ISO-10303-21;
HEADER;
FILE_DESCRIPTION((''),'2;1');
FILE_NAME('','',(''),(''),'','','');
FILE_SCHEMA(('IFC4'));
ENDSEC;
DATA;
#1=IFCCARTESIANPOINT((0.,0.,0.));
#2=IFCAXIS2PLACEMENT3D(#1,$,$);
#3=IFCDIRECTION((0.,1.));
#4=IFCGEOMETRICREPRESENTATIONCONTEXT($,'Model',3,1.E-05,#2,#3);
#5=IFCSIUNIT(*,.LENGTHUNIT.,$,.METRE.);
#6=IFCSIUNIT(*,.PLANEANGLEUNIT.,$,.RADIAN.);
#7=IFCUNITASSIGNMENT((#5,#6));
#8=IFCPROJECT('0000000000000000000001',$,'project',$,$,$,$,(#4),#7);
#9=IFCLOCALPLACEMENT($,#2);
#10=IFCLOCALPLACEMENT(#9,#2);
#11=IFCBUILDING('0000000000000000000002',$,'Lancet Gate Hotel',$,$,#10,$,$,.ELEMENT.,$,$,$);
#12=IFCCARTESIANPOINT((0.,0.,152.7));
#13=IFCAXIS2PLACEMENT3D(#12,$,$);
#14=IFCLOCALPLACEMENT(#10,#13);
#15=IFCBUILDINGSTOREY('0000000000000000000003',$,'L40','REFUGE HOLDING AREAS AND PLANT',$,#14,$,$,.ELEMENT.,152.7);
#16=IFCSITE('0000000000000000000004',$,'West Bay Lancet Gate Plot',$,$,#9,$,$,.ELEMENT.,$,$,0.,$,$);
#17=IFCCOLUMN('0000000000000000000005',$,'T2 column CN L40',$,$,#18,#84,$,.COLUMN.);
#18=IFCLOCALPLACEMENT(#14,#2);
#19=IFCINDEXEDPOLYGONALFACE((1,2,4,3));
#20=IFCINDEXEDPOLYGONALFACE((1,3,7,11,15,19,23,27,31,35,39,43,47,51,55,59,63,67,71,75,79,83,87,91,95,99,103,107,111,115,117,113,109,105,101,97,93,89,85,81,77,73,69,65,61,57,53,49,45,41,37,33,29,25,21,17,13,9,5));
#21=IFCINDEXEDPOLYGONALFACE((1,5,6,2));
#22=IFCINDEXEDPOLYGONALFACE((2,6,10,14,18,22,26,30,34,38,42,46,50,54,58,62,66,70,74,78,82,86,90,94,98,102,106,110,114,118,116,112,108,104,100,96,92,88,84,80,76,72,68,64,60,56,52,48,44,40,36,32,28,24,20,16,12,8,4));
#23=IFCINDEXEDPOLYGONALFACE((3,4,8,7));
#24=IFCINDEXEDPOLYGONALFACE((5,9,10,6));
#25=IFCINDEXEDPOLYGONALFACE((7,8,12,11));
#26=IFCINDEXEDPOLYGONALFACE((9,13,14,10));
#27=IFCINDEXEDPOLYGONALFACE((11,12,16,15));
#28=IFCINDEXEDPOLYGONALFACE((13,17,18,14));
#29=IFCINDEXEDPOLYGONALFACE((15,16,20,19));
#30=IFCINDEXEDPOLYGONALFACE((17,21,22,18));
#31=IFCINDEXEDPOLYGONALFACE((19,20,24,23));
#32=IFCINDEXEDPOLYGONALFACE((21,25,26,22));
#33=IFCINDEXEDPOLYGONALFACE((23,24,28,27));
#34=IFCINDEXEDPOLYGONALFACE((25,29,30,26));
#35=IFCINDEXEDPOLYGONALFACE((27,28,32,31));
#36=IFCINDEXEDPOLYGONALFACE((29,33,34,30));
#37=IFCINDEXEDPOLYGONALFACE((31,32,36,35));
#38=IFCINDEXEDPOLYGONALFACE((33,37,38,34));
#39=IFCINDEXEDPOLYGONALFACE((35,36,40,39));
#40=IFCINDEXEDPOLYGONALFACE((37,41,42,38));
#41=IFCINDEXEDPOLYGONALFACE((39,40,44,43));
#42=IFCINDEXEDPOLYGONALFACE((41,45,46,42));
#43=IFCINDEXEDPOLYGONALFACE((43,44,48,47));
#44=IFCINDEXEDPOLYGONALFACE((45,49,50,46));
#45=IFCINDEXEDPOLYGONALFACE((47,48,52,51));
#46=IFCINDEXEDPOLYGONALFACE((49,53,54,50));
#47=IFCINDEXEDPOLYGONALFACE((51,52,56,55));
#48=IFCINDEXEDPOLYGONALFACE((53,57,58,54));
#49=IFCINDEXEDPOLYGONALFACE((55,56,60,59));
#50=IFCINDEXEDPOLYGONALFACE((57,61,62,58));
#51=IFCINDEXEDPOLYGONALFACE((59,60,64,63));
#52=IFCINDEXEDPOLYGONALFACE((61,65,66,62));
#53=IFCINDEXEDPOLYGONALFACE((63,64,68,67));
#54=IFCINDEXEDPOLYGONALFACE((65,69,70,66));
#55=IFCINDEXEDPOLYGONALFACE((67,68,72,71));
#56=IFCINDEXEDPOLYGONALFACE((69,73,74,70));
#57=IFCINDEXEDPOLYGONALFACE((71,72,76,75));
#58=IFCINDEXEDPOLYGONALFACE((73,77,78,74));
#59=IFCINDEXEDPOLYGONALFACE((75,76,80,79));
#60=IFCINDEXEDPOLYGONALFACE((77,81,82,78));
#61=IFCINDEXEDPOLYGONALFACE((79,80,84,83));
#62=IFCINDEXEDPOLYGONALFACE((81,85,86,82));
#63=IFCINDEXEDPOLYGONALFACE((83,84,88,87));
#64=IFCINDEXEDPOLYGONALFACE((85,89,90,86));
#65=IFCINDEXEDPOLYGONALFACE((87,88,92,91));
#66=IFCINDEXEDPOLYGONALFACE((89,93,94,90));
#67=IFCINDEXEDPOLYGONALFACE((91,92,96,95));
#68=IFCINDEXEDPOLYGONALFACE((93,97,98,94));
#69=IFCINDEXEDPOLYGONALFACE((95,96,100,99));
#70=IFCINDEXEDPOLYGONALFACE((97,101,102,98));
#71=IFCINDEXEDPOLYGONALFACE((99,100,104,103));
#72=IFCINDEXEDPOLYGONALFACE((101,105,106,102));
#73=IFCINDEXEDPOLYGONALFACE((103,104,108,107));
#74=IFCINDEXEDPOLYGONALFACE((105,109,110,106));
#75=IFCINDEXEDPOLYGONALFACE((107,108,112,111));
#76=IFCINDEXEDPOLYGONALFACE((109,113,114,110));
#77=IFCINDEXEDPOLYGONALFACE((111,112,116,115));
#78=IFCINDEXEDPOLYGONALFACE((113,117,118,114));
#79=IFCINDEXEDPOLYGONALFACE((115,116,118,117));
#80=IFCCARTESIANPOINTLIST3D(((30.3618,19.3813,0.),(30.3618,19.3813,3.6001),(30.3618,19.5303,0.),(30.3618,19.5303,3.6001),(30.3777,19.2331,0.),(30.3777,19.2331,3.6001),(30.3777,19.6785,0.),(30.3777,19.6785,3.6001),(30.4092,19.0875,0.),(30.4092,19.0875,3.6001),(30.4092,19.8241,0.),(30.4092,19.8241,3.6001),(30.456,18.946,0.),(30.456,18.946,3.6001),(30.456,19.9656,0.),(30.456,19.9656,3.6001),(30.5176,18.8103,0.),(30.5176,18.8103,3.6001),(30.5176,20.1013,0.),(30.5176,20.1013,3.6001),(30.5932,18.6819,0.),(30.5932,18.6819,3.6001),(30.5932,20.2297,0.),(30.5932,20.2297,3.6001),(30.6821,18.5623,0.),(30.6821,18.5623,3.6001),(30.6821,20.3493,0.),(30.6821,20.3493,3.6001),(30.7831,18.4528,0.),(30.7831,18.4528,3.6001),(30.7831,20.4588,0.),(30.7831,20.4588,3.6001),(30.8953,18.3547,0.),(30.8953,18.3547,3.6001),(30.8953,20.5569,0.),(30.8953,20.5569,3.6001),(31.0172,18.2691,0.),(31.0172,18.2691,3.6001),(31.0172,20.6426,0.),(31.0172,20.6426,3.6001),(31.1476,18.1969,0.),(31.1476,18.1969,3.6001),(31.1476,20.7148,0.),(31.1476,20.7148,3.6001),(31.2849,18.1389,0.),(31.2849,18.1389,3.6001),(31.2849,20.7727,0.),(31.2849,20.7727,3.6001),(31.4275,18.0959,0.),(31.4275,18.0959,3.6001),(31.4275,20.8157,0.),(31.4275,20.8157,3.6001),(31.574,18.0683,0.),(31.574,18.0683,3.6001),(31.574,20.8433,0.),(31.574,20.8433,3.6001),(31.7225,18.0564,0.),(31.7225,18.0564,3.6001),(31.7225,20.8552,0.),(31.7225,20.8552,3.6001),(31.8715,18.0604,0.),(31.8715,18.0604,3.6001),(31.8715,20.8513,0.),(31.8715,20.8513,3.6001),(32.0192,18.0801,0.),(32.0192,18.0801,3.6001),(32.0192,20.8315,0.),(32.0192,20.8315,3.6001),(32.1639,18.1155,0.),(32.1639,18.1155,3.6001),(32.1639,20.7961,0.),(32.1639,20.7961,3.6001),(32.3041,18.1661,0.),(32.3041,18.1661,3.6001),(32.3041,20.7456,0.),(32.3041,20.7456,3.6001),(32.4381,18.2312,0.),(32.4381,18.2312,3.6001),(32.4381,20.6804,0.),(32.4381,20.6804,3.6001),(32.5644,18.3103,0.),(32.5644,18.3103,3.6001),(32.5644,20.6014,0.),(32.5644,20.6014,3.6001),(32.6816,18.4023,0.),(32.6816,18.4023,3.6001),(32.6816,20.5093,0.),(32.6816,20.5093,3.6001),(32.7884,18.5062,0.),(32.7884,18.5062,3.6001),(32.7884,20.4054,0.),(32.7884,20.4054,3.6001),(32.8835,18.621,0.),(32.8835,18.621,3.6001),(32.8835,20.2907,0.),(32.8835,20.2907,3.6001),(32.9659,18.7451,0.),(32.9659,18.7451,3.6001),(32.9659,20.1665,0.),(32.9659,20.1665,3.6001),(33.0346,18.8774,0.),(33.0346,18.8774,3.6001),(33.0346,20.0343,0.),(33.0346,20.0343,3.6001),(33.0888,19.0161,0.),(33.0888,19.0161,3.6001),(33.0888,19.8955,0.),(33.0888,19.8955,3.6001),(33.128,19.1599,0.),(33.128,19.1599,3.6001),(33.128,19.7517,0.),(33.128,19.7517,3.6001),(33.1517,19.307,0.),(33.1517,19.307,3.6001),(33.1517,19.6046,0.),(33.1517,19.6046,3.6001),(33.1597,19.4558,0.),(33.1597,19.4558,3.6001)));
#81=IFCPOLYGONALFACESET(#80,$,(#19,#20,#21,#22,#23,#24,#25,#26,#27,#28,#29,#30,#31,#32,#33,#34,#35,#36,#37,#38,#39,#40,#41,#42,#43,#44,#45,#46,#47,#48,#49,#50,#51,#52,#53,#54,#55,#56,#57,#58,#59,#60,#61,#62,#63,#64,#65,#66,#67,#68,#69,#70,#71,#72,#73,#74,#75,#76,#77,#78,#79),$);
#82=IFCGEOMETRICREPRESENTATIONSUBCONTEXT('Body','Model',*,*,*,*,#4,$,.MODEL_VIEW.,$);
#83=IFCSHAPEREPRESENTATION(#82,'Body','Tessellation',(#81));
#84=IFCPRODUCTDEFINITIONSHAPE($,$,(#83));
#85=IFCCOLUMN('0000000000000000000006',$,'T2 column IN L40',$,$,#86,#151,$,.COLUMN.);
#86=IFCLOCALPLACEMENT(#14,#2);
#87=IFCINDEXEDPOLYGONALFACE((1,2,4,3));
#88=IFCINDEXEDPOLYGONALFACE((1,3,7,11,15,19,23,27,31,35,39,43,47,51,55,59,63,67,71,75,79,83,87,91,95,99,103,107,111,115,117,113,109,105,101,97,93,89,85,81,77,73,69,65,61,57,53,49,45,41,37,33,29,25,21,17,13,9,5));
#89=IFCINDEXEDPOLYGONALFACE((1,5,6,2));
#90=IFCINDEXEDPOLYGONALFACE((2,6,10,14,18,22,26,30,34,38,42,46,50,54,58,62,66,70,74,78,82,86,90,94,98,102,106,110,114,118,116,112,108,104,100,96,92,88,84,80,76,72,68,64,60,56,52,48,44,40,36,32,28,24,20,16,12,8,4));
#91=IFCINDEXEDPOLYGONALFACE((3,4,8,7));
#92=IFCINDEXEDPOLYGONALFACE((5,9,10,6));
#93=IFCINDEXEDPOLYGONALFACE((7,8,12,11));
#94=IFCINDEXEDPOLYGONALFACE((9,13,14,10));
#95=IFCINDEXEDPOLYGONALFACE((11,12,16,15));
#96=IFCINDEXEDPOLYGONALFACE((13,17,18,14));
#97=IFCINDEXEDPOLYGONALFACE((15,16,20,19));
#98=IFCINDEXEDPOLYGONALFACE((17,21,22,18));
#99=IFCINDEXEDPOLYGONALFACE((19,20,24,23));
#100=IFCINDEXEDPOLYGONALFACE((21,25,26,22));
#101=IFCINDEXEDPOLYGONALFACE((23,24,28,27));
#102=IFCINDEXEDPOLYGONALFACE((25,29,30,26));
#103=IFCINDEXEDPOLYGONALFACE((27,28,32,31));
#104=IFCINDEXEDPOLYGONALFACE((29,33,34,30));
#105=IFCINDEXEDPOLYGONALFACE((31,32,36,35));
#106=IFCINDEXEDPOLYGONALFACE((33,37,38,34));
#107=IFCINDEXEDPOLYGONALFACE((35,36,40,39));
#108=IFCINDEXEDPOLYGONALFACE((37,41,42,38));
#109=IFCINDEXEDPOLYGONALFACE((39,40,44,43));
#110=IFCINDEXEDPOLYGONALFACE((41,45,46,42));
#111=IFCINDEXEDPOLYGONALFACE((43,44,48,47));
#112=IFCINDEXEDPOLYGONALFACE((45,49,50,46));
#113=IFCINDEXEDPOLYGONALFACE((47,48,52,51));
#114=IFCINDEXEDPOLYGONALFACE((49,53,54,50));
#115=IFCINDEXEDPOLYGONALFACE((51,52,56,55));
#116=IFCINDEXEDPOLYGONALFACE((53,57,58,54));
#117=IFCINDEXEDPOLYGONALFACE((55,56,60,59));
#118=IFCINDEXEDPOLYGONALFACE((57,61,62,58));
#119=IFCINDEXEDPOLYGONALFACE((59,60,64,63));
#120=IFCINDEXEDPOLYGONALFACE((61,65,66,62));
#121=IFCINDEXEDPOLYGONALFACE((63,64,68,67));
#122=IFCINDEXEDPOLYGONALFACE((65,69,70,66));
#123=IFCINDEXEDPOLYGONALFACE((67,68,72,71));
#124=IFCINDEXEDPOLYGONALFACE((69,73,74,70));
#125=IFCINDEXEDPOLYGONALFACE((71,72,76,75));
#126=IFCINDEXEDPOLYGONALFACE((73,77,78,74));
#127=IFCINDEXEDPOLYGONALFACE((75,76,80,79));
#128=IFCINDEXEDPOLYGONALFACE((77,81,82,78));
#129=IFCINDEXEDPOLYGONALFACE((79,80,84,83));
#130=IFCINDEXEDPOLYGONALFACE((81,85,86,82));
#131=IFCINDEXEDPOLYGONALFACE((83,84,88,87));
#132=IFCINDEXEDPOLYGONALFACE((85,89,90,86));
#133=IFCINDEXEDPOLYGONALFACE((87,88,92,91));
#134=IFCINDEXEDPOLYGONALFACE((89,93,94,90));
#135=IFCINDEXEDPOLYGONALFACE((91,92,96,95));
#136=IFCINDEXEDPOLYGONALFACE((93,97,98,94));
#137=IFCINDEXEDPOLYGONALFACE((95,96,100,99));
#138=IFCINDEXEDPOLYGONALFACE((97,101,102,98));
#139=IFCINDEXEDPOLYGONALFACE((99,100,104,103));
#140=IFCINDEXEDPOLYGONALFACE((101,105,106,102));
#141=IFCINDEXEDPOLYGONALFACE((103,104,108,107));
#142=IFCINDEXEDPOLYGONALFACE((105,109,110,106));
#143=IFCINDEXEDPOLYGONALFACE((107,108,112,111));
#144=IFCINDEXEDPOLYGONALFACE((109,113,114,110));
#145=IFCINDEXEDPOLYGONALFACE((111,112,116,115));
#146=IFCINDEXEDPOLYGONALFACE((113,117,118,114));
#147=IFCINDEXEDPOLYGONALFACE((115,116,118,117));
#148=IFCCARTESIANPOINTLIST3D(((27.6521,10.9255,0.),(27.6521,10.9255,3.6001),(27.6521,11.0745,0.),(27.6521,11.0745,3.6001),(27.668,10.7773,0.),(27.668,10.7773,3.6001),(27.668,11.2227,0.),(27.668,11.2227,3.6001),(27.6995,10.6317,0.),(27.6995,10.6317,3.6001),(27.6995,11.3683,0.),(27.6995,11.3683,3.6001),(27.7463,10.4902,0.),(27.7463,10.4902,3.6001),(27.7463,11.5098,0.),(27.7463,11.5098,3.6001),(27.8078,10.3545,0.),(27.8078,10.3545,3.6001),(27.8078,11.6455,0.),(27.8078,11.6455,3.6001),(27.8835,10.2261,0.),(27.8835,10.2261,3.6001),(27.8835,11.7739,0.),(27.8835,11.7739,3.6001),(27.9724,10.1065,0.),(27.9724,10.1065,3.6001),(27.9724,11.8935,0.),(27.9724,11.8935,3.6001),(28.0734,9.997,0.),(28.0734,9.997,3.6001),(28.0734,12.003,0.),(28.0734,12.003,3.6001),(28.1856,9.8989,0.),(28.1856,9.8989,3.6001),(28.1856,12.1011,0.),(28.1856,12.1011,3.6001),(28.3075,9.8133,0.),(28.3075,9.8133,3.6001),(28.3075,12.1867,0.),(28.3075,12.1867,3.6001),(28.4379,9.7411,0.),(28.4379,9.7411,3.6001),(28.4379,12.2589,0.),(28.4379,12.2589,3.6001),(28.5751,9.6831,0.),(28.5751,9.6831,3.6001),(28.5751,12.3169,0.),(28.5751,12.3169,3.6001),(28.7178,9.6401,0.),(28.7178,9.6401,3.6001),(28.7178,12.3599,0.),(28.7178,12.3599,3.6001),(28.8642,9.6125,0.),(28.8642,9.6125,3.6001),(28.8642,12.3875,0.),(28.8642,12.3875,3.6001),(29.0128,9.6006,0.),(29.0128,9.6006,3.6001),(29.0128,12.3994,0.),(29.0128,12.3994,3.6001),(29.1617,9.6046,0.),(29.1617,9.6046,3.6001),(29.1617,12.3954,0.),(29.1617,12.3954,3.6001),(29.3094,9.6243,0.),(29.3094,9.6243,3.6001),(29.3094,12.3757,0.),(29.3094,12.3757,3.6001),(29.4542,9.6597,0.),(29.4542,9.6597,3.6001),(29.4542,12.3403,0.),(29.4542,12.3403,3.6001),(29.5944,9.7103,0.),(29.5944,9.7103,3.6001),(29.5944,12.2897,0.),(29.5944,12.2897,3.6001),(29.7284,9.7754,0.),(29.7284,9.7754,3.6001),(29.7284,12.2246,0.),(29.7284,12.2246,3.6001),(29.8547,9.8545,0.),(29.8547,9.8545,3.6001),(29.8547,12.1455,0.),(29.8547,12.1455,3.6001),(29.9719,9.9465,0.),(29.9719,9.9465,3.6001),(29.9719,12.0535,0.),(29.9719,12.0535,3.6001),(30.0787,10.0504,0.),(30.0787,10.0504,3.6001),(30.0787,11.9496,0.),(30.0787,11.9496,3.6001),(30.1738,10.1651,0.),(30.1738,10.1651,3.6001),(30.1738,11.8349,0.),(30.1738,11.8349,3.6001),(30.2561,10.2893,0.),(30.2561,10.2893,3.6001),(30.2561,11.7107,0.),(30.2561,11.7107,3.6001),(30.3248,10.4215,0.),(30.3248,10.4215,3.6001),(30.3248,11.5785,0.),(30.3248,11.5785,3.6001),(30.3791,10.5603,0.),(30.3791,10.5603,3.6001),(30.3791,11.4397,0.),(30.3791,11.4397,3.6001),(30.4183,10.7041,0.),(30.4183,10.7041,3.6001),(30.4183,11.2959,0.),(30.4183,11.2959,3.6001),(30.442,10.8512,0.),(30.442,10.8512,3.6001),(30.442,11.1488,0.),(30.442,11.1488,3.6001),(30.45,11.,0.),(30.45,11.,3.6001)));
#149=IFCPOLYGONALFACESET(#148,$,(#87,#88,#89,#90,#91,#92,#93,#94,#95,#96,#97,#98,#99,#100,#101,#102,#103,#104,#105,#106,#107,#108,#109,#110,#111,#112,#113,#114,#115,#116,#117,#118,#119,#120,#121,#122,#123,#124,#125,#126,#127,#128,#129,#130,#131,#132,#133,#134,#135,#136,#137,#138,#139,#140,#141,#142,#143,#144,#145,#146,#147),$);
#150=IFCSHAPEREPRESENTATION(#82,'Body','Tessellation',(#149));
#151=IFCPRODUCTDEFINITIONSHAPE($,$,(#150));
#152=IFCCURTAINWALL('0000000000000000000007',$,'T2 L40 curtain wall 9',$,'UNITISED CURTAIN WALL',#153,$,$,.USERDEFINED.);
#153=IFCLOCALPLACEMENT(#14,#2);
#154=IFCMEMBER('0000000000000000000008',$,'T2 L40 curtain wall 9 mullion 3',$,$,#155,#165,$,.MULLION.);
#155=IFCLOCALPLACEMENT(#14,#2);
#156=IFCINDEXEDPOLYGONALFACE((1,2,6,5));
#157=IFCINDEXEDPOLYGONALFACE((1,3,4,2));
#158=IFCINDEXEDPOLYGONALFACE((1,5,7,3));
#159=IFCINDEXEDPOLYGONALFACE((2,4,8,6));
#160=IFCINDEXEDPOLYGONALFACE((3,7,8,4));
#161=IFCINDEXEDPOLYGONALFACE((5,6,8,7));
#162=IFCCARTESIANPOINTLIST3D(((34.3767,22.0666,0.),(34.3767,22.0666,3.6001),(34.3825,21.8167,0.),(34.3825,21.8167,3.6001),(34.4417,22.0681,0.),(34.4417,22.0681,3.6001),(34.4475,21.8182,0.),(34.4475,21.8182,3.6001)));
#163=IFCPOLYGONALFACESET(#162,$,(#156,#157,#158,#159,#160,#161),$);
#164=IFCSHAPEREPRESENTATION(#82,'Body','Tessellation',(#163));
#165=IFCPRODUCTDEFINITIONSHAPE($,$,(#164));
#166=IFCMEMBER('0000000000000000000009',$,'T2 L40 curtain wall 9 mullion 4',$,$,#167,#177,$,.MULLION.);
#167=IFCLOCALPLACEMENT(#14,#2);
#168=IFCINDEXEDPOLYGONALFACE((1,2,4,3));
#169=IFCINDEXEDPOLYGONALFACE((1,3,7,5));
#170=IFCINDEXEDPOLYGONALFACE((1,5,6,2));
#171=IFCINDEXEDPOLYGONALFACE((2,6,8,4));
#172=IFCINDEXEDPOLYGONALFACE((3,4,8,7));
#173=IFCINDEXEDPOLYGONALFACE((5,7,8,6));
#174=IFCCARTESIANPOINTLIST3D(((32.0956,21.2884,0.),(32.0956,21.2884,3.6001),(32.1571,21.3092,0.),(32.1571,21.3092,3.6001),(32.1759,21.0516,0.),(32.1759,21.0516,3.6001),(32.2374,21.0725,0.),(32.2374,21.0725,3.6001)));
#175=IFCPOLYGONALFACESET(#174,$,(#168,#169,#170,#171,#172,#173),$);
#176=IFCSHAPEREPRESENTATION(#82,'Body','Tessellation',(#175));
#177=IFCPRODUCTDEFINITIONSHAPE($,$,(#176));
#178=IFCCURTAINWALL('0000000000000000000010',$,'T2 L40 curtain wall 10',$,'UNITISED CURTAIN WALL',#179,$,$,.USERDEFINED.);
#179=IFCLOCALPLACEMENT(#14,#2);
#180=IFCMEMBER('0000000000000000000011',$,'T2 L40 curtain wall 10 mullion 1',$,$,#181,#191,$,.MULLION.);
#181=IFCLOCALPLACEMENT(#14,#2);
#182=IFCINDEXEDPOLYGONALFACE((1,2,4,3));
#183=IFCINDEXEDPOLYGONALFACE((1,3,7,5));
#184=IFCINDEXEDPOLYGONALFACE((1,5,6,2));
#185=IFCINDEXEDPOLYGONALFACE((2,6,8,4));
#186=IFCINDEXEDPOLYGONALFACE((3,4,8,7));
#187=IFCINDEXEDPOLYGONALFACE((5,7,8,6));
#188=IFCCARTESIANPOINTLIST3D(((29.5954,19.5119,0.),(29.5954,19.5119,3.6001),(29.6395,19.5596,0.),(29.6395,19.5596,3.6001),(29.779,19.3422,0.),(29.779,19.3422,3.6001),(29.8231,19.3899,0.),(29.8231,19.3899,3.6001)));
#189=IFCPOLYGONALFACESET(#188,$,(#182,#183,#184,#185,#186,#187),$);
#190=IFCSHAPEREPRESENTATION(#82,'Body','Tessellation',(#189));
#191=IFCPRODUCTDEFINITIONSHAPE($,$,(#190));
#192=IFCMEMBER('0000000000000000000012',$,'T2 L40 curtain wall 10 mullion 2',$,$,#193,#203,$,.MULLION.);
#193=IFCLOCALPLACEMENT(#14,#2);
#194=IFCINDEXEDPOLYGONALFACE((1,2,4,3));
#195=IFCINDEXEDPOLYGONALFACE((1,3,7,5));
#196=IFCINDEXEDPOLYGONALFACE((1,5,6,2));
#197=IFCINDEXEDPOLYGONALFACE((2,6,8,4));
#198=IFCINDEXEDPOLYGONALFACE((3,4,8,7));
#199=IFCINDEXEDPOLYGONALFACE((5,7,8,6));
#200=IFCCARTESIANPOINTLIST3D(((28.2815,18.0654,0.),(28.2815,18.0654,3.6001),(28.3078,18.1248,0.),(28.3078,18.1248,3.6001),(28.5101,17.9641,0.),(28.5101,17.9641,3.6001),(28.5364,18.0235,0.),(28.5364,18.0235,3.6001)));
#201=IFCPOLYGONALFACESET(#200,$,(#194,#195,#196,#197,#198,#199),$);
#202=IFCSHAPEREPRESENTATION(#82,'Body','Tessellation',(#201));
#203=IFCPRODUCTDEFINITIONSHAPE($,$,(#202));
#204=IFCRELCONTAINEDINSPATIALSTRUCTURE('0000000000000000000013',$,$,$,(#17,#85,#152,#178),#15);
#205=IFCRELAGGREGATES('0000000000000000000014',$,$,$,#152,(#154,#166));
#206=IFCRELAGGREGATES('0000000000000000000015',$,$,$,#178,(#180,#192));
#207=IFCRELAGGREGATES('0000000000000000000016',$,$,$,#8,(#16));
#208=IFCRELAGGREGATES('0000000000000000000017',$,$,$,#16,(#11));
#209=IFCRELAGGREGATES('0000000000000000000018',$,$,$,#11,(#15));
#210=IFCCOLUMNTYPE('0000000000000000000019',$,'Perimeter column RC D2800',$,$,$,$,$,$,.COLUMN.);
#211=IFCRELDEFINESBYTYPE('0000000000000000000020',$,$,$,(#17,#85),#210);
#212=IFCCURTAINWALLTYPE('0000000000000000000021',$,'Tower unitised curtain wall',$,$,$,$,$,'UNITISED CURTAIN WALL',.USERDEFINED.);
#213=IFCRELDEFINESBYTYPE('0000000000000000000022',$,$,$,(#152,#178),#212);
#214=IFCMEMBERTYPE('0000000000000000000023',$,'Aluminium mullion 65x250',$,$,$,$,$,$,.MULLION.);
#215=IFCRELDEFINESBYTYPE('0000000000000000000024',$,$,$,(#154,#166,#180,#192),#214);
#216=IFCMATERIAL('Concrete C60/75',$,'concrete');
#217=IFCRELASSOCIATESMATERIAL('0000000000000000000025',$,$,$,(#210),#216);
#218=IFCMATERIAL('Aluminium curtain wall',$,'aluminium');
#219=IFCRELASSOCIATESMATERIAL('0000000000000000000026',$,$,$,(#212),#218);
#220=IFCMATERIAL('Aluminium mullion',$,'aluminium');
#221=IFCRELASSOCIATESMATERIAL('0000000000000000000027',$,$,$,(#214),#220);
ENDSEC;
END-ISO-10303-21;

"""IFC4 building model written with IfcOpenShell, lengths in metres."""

from ifc_helpers import new_model, si_unit, direction, frame, origin, origin_2d, place, context, subcontext, project, spatial, rectangle, circle, extrude, material, material_profile, profile_set, type_object, element, aggregate, save


model = new_model("IFC4")

# Units and contexts
model_context = context("Model", 3, precision=1e-05, world=origin(), true_north=direction((0.0, 1.0)))
body_context = subcontext(model_context, "Body", "Model", "MODEL_VIEW")
ifc_project = project(units=[si_unit("LENGTHUNIT", "METRE"), si_unit("PLANEANGLEUNIT", "RADIAN")], contexts=[model_context])

# Site, building, storey
site_placement = place(None, origin())
site = spatial("IfcSite", under=ifc_project, at=site_placement, Name="West Bay Lancet Gate Plot", CompositionType="ELEMENT", RefElevation=0.0)
building_placement = place(site_placement, origin())
building = spatial("IfcBuilding", under=site, at=building_placement, Name="Lancet Gate Hotel", CompositionType="ELEMENT")
storey_placement = place(building_placement, frame((0.0, 0.0, 152.7)))
storey = spatial("IfcBuildingStorey", under=building, at=storey_placement, Name="L40", Description="REFUGE HOLDING AREAS AND PLANT", CompositionType="ELEMENT", Elevation=152.7)

# Columns
ifc_material_1 = material(Name="Concrete C60/75", Category="concrete")
ifc_material_profile_1 = material_profile(ifc_material_1, circle(Radius=1.3999, at=origin_2d()), Name="RC D2800")
ifc_profile_set_1 = profile_set([ifc_material_profile_1], Name="Concrete C60/75")
column_type = type_object("IfcColumnType", Name="Perimeter column RC D2800", PredefinedType="COLUMN", material=ifc_profile_set_1)
for number, where, z_axis, x_axis, name in (
    (1, (31.7598, 19.4558, 0.0), (0.0, 0.0, 1.0), (1.0, 0.0, 0.0), "T2 column CN L40"),
    (2, (29.05, 11.0, 0.0), (0.0, 0.0, 1.0), (1.0, 0.0, 0.0), "T2 column IN L40"),
):
    element("IfcColumn", number, at=place(storey_placement, frame(where, z_axis=z_axis, x_axis=x_axis)), inside=storey, type_object=column_type, Name=name, PredefinedType="COLUMN", context=body_context, shape_type="SweptSolid", body=[
        extrude(circle(Radius=1.3999, at=origin_2d()), origin(), (0.0, 0.0, 1.0), 3.6001),
    ])

# Curtain walls, members
ifc_material_2 = material(Name="Aluminium curtain wall", Category="aluminium")
curtain_wall_type = type_object("IfcCurtainWallType", Name="Tower unitised curtain wall", ElementType="UNITISED CURTAIN WALL", PredefinedType="USERDEFINED", material=ifc_material_2)
curtain_wall_1_placement = place(storey_placement, origin())
curtain_wall_1 = element("IfcCurtainWall", 3, at=curtain_wall_1_placement, inside=storey, type_object=curtain_wall_type, Name="T2 L40 curtain wall 9", ObjectType="UNITISED CURTAIN WALL", PredefinedType="USERDEFINED")
ifc_material_3 = material(Name="Aluminium mullion", Category="aluminium")
ifc_material_profile_2 = material_profile(ifc_material_3, rectangle(XDim=0.0649, YDim=0.25, at=origin_2d()), Name="MULLION 65x250")
ifc_profile_set_2 = profile_set([ifc_material_profile_2], Name="Aluminium mullion")
member_type_1 = type_object("IfcMemberType", Name="Aluminium mullion 65x250", PredefinedType="MULLION", material=ifc_profile_set_2)
member_1_placement = place(storey_placement, frame((34.4121, 21.9424, 0.0), z_axis=(0.0, 0.0, 1.0), x_axis=(-0.999731, -0.023187, 0.0)))
member_1 = element("IfcMember", 4, at=member_1_placement, type_object=member_type_1, Name="T2 L40 curtain wall 9 mullion 3", PredefinedType="MULLION", context=body_context, shape_type="SweptSolid", body=[
    extrude(rectangle(XDim=0.0649, YDim=0.25, at=origin_2d()), origin(), (0.0, 0.0, 1.0), 3.6001),
])
member_2_placement = place(storey_placement, frame((32.1665, 21.1804, 0.0), z_axis=(0.0, 0.0, 1.0), x_axis=(-0.946952, -0.321374, 0.0)))
member_2 = element("IfcMember", 5, at=member_2_placement, type_object=member_type_1, Name="T2 L40 curtain wall 9 mullion 4", PredefinedType="MULLION", context=body_context, shape_type="SweptSolid", body=[
    extrude(rectangle(XDim=0.0649, YDim=0.25, at=origin_2d()), origin(), (0.0, 0.0, 1.0), 3.6001),
])
curtain_wall_2_placement = place(storey_placement, origin())
curtain_wall_2 = element("IfcCurtainWall", 6, at=curtain_wall_2_placement, inside=storey, type_object=curtain_wall_type, Name="T2 L40 curtain wall 10", ObjectType="UNITISED CURTAIN WALL", PredefinedType="USERDEFINED")
member_3_placement = place(storey_placement, frame((29.7092, 19.4509, 0.0), z_axis=(0.0, 0.0, 1.0), x_axis=(-0.678831, -0.734294, 0.0)))
member_3 = element("IfcMember", 7, at=member_3_placement, type_object=member_type_1, Name="T2 L40 curtain wall 10 mullion 1", PredefinedType="MULLION", context=body_context, shape_type="SweptSolid", body=[
    extrude(rectangle(XDim=0.0649, YDim=0.25, at=origin_2d()), origin(), (0.0, 0.0, 1.0), 3.6001),
])
member_4_placement = place(storey_placement, frame((28.4089, 18.0444, 0.0), z_axis=(0.0, 0.0, 1.0), x_axis=(-0.405145, -0.914252, 0.0)))
member_4 = element("IfcMember", 8, at=member_4_placement, type_object=member_type_1, Name="T2 L40 curtain wall 10 mullion 2", PredefinedType="MULLION", context=body_context, shape_type="SweptSolid", body=[
    extrude(rectangle(XDim=0.0649, YDim=0.25, at=origin_2d()), origin(), (0.0, 0.0, 1.0), 3.6001),
])

aggregate(curtain_wall_1, [member_1, member_2])
aggregate(curtain_wall_2, [member_3, member_4])

save(model, "model.ifc")
